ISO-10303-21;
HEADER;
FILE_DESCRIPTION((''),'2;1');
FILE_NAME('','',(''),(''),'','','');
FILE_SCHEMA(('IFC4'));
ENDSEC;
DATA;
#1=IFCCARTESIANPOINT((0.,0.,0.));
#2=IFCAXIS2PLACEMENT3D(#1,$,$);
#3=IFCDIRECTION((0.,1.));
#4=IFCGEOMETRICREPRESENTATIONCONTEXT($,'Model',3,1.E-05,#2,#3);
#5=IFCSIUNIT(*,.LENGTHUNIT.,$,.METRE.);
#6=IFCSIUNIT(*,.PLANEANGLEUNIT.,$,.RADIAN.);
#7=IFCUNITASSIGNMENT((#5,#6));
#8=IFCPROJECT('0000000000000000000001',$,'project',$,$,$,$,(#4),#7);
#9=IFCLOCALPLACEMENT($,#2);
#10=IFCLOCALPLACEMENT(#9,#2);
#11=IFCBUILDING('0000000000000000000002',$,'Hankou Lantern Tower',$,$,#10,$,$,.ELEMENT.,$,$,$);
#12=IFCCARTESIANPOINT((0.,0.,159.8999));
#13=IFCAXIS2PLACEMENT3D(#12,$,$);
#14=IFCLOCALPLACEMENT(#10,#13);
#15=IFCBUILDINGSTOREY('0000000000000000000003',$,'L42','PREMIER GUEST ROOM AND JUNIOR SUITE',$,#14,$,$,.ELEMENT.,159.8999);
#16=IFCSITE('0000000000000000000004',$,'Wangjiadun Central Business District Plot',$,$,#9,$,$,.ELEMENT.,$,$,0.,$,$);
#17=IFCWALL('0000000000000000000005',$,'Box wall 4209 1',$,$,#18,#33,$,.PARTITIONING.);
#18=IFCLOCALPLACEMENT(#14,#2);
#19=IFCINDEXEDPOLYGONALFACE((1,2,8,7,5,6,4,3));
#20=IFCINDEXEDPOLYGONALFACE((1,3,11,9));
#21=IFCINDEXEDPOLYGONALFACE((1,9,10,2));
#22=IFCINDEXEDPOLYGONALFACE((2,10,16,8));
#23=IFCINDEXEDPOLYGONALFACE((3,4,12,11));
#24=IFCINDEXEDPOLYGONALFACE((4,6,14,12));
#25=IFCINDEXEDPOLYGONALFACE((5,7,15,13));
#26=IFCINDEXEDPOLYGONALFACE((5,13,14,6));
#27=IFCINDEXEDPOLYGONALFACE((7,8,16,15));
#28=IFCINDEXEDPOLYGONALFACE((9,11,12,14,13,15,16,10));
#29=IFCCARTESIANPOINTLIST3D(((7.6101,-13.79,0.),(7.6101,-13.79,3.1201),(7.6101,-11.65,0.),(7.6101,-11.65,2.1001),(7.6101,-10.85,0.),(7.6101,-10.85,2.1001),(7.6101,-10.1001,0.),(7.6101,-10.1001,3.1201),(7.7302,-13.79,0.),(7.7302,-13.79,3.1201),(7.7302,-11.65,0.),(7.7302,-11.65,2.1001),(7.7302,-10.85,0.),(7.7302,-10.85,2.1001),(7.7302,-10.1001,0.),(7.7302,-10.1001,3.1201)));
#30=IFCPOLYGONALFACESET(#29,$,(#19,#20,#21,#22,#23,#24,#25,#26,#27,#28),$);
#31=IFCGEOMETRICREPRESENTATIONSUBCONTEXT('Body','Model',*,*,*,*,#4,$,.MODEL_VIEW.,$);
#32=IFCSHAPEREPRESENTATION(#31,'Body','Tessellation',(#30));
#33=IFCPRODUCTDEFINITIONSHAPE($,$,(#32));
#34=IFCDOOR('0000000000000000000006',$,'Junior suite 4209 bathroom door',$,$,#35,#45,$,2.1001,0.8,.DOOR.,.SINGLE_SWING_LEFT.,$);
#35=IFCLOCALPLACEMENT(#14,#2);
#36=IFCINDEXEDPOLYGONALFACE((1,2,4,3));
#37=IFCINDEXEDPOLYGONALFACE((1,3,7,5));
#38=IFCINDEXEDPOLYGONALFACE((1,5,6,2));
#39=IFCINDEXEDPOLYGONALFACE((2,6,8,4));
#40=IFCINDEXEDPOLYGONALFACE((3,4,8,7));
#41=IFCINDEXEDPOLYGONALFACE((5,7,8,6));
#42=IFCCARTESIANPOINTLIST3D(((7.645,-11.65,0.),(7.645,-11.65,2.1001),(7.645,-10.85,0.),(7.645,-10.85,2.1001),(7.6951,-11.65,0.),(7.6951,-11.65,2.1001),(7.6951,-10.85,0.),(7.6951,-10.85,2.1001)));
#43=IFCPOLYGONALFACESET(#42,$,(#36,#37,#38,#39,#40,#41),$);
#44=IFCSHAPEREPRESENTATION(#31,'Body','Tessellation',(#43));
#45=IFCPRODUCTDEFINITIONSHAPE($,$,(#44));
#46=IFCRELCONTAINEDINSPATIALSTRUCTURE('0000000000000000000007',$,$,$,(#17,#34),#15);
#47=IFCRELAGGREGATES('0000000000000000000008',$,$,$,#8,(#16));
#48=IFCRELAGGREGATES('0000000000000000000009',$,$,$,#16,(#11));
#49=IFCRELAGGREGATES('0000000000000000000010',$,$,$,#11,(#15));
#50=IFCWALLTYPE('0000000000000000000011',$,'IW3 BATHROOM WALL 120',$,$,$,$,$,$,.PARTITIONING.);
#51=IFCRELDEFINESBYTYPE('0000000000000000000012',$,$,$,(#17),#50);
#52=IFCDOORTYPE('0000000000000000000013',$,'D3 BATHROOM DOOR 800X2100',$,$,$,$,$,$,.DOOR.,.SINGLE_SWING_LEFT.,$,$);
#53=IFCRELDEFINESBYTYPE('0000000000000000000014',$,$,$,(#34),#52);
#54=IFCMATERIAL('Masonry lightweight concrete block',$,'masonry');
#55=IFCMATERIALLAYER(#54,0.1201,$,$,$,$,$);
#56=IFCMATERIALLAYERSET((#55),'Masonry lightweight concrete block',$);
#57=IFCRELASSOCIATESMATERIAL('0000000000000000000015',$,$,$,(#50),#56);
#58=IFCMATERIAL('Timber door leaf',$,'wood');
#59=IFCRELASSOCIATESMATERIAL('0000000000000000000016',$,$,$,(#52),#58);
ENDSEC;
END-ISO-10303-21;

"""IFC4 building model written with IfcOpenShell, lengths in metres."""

from ifc_helpers import new_model, si_unit, direction, frame, frame_2d, origin, place, context, subcontext, project, spatial, rectangle, extrude, material, layer, layer_set, type_object, element, fill, save


model = new_model("IFC4")

# Units and contexts
model_context = context("Model", 3, precision=1e-05, world=origin(), true_north=direction((0.0, 1.0)))
body_context = subcontext(model_context, "Body", "Model", "MODEL_VIEW")
ifc_project = project(units=[si_unit("LENGTHUNIT", "METRE"), si_unit("PLANEANGLEUNIT", "RADIAN")], contexts=[model_context])

# Site, building, storey
site_placement = place(None, origin())
site = spatial("IfcSite", under=ifc_project, at=site_placement, Name="Wangjiadun Central Business District Plot", CompositionType="ELEMENT", RefElevation=0.0)
building_placement = place(site_placement, origin())
building = spatial("IfcBuilding", under=site, at=building_placement, Name="Hankou Lantern Tower", CompositionType="ELEMENT")
storey_placement = place(building_placement, frame((0.0, 0.0, 159.8999)))
storey = spatial("IfcBuildingStorey", under=building, at=storey_placement, Name="L42", Description="PREMIER GUEST ROOM AND JUNIOR SUITE", CompositionType="ELEMENT", Elevation=159.8999)

# Shared definitions
ifc_material_1 = material(Name="Masonry lightweight concrete block", Category="masonry")
ifc_layer_1 = layer(ifc_material_1, 0.1201)
ifc_layer_set_1 = layer_set([ifc_layer_1], Name="Masonry lightweight concrete block")
wall_type_1 = type_object("IfcWallType", Name="IW3 BATHROOM WALL 120", PredefinedType="PARTITIONING", material=ifc_layer_set_1)
ifc_material_2 = material(Name="Timber door leaf", Category="wood")
door_type = type_object("IfcDoorType", Name="D3 BATHROOM DOOR 800X2100", OperationType="SINGLE_SWING_LEFT", PredefinedType="DOOR", material=ifc_material_2)

# Wall, opening, door
wall_1_placement = place(storey_placement, frame((7.6702, -10.1001, 0.0), z_axis=(0.0, 0.0, 1.0), x_axis=(0.0, -1.0, 0.0)))
wall_1 = element("IfcWall", 1, at=wall_1_placement, inside=storey, type_object=wall_type_1, Name="Box wall 4209 1", PredefinedType="PARTITIONING", context=body_context, shape_type="SweptSolid", body=[
    extrude(rectangle(XDim=3.6899, YDim=0.1201, at=frame_2d((1.845, 0.0))), origin(), (0.0, 0.0, 1.0), 3.1201),
])
opening_1_placement = place(wall_1_placement, frame((0.75, 0.0, 0.0)))
opening_1 = element("IfcOpeningElement", 2, at=opening_1_placement, cuts=wall_1, PredefinedType="OPENING", context=body_context, shape_type="SweptSolid", body=[
    extrude(rectangle(XDim=0.8, YDim=2.1001, at=frame_2d((0.3999, 1.05))), frame((0.0, 0.0701, 0.0), z_axis=(0.0, -1.0, 0.0), x_axis=(1.0, 0.0, 0.0)), (0.0, 0.0, 1.0), 0.1401),
])
door_1_placement = place(opening_1_placement, origin())
door_1 = element("IfcDoor", 3, at=door_1_placement, inside=storey, type_object=door_type, Name="Junior suite 4209 bathroom door", OperationType="SINGLE_SWING_LEFT", OverallHeight=2.1001, OverallWidth=0.8, PredefinedType="DOOR", context=body_context, shape_type="SweptSolid", body=[
    extrude(rectangle(XDim=0.8, YDim=2.1001, at=frame_2d((0.3999, 1.05))), frame((0.0, 0.0249, 0.0), z_axis=(0.0, -1.0, 0.0), x_axis=(1.0, 0.0, 0.0)), (0.0, 0.0, 1.0), 0.05),
])
fill(opening_1, door_1)

save(model, "model.ifc")
